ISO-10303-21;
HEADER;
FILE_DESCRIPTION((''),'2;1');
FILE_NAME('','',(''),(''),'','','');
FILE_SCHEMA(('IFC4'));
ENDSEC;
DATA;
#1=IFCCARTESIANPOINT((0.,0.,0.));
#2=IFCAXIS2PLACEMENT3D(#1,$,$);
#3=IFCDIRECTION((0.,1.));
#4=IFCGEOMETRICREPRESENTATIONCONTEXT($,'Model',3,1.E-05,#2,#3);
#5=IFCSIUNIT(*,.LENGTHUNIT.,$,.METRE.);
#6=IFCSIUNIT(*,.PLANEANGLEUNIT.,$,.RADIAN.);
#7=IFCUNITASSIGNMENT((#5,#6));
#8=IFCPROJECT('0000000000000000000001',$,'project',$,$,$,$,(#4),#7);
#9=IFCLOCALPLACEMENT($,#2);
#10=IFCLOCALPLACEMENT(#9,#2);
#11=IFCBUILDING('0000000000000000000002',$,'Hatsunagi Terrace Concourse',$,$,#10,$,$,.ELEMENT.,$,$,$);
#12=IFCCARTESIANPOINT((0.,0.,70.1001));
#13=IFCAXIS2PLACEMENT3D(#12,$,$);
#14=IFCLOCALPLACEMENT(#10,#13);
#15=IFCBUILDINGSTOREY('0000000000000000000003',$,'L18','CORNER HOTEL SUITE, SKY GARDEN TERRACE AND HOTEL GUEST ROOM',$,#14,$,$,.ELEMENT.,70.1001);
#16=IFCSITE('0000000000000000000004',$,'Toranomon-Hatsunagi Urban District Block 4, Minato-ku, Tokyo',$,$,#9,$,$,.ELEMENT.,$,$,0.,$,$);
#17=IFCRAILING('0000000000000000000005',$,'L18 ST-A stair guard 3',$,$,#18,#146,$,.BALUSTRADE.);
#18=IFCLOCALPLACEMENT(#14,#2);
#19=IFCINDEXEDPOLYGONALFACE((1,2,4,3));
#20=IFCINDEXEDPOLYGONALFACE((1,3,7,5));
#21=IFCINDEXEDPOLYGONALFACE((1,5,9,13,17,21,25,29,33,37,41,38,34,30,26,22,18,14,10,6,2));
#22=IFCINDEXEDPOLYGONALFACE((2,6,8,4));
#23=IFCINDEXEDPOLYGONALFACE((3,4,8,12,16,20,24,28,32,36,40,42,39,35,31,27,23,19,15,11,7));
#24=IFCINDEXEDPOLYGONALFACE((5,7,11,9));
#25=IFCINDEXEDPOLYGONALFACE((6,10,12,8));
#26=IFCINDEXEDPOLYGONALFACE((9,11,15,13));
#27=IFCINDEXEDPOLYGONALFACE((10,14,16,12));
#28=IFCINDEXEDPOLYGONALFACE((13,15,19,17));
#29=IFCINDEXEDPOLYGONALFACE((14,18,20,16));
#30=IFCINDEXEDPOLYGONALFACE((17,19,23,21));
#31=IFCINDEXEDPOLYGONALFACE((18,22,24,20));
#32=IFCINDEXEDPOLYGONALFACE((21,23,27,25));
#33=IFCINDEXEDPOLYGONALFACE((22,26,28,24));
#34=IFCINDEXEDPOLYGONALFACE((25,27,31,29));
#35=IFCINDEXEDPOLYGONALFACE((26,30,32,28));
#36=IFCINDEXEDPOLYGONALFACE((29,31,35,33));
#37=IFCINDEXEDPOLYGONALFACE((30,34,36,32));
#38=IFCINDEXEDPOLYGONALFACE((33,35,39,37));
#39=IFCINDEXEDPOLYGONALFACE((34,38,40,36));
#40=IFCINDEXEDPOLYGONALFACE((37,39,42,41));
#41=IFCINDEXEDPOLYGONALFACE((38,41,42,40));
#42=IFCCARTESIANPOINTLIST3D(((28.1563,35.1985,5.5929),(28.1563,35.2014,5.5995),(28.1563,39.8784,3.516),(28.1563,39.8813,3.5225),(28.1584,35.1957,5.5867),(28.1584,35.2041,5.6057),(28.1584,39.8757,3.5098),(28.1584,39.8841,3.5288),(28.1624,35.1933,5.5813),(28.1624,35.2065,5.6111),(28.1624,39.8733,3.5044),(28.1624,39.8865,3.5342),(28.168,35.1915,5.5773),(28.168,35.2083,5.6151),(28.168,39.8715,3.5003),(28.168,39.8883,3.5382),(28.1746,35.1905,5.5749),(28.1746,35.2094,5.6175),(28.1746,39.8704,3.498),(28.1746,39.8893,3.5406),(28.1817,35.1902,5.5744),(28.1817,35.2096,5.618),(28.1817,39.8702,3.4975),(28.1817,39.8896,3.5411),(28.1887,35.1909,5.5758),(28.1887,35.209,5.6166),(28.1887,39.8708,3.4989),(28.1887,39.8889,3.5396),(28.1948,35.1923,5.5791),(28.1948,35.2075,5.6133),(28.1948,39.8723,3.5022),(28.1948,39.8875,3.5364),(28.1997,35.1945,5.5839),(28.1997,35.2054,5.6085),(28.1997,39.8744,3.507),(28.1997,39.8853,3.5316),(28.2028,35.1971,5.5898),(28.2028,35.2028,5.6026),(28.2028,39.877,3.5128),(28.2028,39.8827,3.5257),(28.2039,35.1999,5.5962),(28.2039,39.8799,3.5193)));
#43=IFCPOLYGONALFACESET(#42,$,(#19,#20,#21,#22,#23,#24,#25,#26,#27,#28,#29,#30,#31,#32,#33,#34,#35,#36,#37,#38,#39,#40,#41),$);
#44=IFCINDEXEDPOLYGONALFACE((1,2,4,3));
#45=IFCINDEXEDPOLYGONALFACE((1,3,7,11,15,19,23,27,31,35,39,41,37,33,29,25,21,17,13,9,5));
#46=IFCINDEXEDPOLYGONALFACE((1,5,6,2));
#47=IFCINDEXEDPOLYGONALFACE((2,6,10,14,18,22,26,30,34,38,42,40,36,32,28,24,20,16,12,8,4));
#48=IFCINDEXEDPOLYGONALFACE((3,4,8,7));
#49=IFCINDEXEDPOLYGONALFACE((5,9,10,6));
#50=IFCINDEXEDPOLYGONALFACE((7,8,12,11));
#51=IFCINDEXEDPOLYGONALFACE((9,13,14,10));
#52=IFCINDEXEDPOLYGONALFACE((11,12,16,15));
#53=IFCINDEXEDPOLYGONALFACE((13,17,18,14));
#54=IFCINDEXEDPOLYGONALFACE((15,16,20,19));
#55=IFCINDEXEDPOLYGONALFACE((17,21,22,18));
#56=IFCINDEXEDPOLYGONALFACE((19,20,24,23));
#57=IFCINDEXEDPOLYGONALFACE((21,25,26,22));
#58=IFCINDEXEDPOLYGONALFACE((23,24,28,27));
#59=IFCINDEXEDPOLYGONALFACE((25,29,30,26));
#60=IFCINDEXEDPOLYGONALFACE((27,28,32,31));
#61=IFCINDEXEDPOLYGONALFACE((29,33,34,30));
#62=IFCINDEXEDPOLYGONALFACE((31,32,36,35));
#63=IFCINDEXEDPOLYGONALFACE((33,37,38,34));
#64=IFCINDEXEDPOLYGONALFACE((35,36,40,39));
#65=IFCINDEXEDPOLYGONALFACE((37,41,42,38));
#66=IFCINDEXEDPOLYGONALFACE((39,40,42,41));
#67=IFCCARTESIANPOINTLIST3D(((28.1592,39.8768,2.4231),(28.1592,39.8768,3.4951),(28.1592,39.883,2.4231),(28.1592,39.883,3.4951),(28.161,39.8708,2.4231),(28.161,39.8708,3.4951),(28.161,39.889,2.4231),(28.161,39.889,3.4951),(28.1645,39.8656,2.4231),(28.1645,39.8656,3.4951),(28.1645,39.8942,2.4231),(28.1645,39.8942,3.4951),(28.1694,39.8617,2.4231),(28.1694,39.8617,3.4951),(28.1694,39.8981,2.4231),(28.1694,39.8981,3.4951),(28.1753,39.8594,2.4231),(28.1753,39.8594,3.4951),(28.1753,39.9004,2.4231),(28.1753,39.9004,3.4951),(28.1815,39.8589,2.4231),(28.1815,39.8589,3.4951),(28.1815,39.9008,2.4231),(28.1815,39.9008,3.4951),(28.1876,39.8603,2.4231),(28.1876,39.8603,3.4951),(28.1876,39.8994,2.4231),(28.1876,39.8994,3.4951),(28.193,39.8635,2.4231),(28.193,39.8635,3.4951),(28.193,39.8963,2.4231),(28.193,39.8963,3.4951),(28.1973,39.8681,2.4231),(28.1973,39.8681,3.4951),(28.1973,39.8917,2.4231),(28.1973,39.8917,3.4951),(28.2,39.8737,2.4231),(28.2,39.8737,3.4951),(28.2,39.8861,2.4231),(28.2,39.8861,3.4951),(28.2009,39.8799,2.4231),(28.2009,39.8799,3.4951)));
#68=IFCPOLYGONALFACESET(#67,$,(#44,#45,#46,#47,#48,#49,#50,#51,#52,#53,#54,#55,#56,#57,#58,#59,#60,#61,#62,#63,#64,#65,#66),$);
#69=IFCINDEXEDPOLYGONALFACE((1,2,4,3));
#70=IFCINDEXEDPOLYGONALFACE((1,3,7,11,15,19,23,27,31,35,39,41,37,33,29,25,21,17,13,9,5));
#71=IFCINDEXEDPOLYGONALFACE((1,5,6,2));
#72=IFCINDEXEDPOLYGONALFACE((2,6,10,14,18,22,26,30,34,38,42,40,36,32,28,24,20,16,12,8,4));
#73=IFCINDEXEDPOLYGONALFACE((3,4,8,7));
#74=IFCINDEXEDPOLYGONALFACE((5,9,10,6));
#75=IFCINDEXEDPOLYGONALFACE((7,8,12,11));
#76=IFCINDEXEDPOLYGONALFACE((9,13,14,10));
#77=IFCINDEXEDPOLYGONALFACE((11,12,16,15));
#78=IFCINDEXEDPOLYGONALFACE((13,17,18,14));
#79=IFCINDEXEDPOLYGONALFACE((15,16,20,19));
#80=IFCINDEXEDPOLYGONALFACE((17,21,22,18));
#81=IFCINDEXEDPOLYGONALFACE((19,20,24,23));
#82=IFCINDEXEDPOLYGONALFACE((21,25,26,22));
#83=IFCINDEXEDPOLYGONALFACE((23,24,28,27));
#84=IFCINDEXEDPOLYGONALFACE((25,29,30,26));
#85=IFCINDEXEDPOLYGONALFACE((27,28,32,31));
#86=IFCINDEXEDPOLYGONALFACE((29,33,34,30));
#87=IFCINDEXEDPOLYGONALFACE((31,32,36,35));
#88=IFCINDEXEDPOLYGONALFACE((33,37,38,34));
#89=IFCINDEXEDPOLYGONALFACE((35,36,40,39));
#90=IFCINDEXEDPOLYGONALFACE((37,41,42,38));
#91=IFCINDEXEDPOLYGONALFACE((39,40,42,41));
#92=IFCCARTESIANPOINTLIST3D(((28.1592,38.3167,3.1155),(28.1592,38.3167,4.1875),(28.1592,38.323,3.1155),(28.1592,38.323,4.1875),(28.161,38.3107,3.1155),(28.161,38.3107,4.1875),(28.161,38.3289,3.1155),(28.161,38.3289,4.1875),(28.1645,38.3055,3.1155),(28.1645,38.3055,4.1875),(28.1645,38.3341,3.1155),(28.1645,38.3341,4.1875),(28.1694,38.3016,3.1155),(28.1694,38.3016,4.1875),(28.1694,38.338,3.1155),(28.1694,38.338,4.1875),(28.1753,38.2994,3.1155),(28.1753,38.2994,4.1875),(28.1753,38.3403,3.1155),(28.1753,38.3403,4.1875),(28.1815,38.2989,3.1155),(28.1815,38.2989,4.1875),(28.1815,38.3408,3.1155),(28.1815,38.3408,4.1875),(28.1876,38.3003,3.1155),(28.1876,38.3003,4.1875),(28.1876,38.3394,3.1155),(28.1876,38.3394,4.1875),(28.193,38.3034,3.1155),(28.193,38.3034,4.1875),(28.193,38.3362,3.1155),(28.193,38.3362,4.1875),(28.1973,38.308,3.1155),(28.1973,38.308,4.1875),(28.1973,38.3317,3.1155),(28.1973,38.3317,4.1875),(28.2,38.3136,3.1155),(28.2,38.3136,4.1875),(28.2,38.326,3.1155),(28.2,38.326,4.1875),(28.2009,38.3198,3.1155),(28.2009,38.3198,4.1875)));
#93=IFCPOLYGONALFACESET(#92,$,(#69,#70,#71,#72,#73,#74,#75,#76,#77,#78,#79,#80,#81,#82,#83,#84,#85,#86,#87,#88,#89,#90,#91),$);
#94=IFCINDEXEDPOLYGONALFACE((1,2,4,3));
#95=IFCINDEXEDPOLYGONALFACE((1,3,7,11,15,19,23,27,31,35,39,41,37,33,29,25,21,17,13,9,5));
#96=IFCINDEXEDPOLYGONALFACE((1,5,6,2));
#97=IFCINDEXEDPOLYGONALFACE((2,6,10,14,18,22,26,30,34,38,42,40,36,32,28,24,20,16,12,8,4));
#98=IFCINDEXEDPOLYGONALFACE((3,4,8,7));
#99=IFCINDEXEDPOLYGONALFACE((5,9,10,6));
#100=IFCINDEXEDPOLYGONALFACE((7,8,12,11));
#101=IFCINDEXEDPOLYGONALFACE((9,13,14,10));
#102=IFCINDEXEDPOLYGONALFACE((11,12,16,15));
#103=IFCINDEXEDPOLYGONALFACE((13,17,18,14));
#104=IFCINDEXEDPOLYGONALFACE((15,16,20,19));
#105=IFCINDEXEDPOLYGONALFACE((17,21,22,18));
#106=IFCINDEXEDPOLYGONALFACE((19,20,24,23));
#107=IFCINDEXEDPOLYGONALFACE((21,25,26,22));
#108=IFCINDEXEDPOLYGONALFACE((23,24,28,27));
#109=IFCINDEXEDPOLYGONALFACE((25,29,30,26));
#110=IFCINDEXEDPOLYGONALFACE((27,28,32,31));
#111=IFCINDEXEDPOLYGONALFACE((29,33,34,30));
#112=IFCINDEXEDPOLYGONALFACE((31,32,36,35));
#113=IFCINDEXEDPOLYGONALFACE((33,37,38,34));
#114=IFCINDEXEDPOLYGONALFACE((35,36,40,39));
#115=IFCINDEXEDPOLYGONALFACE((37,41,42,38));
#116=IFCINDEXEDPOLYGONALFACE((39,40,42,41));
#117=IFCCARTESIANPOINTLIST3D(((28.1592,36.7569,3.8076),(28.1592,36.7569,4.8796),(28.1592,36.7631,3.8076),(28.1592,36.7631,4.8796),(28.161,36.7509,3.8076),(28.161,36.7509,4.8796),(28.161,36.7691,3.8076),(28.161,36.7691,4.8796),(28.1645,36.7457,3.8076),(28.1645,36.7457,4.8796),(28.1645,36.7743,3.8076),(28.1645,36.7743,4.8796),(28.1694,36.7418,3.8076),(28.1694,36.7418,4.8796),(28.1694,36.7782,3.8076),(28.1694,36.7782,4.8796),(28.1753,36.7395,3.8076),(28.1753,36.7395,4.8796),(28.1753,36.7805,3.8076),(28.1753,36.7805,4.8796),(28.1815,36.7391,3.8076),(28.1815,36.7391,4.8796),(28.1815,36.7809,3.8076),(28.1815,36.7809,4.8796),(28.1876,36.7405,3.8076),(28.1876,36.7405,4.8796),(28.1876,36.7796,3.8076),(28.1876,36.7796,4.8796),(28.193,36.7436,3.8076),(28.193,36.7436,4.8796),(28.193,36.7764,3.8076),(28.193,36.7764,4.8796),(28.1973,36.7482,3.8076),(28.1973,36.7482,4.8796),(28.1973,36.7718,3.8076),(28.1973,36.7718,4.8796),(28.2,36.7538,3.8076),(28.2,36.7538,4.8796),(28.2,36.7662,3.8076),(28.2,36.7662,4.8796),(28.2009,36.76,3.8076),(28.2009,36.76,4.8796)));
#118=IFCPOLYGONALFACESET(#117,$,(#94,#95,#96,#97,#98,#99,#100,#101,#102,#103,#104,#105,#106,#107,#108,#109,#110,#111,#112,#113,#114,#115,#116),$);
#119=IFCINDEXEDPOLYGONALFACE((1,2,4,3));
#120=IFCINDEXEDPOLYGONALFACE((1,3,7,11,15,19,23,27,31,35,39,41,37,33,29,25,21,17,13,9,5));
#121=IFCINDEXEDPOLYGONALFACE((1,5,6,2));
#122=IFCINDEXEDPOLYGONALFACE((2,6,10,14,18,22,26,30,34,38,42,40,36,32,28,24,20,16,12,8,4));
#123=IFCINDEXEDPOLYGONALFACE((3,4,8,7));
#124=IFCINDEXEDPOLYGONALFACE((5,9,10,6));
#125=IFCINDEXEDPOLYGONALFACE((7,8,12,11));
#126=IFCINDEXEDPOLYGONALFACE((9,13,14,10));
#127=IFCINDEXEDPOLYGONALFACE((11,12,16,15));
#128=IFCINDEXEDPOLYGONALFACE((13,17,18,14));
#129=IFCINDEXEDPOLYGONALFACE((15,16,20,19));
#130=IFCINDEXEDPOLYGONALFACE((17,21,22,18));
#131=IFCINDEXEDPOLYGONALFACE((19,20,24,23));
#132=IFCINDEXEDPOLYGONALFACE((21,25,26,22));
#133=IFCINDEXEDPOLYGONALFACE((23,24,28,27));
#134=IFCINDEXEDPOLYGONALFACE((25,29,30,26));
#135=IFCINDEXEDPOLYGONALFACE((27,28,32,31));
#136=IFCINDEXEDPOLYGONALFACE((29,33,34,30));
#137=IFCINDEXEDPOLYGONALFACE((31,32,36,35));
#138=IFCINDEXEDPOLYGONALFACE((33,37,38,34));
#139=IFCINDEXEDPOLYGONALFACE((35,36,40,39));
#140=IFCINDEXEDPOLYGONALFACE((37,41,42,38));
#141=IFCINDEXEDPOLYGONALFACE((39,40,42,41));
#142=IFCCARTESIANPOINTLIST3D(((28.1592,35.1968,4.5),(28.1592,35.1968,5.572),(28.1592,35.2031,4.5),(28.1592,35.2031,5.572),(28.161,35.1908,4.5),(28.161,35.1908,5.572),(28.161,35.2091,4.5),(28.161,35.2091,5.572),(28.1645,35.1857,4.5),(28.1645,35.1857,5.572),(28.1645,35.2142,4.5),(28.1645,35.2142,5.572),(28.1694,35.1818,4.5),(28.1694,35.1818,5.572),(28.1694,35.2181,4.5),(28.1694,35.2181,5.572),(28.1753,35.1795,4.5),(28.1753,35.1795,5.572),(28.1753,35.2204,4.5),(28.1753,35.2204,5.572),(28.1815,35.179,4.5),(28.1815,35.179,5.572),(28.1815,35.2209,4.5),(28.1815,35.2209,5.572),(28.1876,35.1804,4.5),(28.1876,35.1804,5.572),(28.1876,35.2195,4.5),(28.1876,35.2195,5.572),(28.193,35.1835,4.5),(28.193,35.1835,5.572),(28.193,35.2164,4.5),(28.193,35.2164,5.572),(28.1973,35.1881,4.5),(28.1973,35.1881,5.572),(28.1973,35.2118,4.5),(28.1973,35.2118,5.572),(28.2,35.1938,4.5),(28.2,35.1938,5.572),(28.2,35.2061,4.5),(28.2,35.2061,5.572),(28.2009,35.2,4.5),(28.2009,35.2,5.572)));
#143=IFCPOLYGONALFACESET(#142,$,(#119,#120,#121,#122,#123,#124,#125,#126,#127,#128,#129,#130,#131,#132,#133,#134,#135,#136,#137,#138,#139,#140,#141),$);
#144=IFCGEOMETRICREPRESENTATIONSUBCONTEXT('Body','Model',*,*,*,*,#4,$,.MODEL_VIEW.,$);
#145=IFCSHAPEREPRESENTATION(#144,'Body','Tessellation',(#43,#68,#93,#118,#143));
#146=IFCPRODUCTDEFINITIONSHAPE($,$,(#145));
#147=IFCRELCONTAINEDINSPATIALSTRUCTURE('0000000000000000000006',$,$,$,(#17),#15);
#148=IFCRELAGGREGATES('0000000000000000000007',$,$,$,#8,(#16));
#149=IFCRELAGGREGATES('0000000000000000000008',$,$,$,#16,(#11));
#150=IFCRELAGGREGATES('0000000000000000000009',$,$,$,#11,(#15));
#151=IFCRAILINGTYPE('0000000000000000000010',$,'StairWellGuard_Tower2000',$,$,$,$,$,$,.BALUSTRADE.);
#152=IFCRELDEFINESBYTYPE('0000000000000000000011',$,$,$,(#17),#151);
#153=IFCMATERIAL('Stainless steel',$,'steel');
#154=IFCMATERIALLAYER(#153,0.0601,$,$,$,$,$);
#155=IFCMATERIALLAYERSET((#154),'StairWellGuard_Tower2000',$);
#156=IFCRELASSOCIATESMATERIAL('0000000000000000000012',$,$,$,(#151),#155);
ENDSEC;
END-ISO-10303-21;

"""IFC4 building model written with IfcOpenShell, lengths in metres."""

from ifc_helpers import new_model, si_unit, direction, frame, origin, origin_2d, place, context, subcontext, project, spatial, circle, extrude, material, layer, layer_set, type_object, element, save


model = new_model("IFC4")

# Units and contexts
model_context = context("Model", 3, precision=1e-05, world=origin(), true_north=direction((0.0, 1.0)))
body_context = subcontext(model_context, "Body", "Model", "MODEL_VIEW")
ifc_project = project(units=[si_unit("LENGTHUNIT", "METRE"), si_unit("PLANEANGLEUNIT", "RADIAN")], contexts=[model_context])

# Site, building, storey
site_placement = place(None, origin())
site = spatial("IfcSite", under=ifc_project, at=site_placement, Name="Toranomon-Hatsunagi Urban District Block 4, Minato-ku, Tokyo", CompositionType="ELEMENT", RefElevation=0.0)
building_placement = place(site_placement, origin())
building = spatial("IfcBuilding", under=site, at=building_placement, Name="Hatsunagi Terrace Concourse", CompositionType="ELEMENT")
storey_placement = place(building_placement, frame((0.0, 0.0, 70.1001)))
storey = spatial("IfcBuildingStorey", under=building, at=storey_placement, Name="L18", Description="CORNER HOTEL SUITE, SKY GARDEN TERRACE AND HOTEL GUEST ROOM", CompositionType="ELEMENT", Elevation=70.1001)

# Railing
ifc_material_1 = material(Name="Stainless steel", Category="steel")
ifc_layer_1 = layer(ifc_material_1, 0.0601)
ifc_layer_set_1 = layer_set([ifc_layer_1], Name="StairWellGuard_Tower2000")
railing_type_1 = type_object("IfcRailingType", Name="StairWellGuard_Tower2000", PredefinedType="BALUSTRADE", material=ifc_layer_set_1)
railing_1_placement = place(storey_placement, frame((28.1799, 39.8799, 2.4231)))
element("IfcRailing", 1, at=railing_1_placement, inside=storey, type_object=railing_type_1, Name="L18 ST-A stair guard 3", PredefinedType="BALUSTRADE", context=body_context, shape_type="SweptSolid", body=[
    extrude(circle(Radius=0.0239, at=origin_2d()), frame((0.0, 0.0, 1.0962), z_axis=(0.0, -0.914034, 0.405638), x_axis=(1.0, 0.0, 0.0)), (0.0, 0.0, 1.0), 5.1201),
    extrude(circle(Radius=0.021, at=origin_2d()), origin(), (0.0, 0.0, 1.0), 1.072),
    extrude(circle(Radius=0.021, at=origin_2d()), frame((0.0, -1.5601, 0.6924)), (0.0, 0.0, 1.0), 1.072),
    extrude(circle(Radius=0.021, at=origin_2d()), frame((0.0, -3.1199, 1.3845)), (0.0, 0.0, 1.0), 1.072),
    extrude(circle(Radius=0.021, at=origin_2d()), frame((0.0, -4.6799, 2.0769)), (0.0, 0.0, 1.0), 1.072),
])

save(model, "model.ifc")
